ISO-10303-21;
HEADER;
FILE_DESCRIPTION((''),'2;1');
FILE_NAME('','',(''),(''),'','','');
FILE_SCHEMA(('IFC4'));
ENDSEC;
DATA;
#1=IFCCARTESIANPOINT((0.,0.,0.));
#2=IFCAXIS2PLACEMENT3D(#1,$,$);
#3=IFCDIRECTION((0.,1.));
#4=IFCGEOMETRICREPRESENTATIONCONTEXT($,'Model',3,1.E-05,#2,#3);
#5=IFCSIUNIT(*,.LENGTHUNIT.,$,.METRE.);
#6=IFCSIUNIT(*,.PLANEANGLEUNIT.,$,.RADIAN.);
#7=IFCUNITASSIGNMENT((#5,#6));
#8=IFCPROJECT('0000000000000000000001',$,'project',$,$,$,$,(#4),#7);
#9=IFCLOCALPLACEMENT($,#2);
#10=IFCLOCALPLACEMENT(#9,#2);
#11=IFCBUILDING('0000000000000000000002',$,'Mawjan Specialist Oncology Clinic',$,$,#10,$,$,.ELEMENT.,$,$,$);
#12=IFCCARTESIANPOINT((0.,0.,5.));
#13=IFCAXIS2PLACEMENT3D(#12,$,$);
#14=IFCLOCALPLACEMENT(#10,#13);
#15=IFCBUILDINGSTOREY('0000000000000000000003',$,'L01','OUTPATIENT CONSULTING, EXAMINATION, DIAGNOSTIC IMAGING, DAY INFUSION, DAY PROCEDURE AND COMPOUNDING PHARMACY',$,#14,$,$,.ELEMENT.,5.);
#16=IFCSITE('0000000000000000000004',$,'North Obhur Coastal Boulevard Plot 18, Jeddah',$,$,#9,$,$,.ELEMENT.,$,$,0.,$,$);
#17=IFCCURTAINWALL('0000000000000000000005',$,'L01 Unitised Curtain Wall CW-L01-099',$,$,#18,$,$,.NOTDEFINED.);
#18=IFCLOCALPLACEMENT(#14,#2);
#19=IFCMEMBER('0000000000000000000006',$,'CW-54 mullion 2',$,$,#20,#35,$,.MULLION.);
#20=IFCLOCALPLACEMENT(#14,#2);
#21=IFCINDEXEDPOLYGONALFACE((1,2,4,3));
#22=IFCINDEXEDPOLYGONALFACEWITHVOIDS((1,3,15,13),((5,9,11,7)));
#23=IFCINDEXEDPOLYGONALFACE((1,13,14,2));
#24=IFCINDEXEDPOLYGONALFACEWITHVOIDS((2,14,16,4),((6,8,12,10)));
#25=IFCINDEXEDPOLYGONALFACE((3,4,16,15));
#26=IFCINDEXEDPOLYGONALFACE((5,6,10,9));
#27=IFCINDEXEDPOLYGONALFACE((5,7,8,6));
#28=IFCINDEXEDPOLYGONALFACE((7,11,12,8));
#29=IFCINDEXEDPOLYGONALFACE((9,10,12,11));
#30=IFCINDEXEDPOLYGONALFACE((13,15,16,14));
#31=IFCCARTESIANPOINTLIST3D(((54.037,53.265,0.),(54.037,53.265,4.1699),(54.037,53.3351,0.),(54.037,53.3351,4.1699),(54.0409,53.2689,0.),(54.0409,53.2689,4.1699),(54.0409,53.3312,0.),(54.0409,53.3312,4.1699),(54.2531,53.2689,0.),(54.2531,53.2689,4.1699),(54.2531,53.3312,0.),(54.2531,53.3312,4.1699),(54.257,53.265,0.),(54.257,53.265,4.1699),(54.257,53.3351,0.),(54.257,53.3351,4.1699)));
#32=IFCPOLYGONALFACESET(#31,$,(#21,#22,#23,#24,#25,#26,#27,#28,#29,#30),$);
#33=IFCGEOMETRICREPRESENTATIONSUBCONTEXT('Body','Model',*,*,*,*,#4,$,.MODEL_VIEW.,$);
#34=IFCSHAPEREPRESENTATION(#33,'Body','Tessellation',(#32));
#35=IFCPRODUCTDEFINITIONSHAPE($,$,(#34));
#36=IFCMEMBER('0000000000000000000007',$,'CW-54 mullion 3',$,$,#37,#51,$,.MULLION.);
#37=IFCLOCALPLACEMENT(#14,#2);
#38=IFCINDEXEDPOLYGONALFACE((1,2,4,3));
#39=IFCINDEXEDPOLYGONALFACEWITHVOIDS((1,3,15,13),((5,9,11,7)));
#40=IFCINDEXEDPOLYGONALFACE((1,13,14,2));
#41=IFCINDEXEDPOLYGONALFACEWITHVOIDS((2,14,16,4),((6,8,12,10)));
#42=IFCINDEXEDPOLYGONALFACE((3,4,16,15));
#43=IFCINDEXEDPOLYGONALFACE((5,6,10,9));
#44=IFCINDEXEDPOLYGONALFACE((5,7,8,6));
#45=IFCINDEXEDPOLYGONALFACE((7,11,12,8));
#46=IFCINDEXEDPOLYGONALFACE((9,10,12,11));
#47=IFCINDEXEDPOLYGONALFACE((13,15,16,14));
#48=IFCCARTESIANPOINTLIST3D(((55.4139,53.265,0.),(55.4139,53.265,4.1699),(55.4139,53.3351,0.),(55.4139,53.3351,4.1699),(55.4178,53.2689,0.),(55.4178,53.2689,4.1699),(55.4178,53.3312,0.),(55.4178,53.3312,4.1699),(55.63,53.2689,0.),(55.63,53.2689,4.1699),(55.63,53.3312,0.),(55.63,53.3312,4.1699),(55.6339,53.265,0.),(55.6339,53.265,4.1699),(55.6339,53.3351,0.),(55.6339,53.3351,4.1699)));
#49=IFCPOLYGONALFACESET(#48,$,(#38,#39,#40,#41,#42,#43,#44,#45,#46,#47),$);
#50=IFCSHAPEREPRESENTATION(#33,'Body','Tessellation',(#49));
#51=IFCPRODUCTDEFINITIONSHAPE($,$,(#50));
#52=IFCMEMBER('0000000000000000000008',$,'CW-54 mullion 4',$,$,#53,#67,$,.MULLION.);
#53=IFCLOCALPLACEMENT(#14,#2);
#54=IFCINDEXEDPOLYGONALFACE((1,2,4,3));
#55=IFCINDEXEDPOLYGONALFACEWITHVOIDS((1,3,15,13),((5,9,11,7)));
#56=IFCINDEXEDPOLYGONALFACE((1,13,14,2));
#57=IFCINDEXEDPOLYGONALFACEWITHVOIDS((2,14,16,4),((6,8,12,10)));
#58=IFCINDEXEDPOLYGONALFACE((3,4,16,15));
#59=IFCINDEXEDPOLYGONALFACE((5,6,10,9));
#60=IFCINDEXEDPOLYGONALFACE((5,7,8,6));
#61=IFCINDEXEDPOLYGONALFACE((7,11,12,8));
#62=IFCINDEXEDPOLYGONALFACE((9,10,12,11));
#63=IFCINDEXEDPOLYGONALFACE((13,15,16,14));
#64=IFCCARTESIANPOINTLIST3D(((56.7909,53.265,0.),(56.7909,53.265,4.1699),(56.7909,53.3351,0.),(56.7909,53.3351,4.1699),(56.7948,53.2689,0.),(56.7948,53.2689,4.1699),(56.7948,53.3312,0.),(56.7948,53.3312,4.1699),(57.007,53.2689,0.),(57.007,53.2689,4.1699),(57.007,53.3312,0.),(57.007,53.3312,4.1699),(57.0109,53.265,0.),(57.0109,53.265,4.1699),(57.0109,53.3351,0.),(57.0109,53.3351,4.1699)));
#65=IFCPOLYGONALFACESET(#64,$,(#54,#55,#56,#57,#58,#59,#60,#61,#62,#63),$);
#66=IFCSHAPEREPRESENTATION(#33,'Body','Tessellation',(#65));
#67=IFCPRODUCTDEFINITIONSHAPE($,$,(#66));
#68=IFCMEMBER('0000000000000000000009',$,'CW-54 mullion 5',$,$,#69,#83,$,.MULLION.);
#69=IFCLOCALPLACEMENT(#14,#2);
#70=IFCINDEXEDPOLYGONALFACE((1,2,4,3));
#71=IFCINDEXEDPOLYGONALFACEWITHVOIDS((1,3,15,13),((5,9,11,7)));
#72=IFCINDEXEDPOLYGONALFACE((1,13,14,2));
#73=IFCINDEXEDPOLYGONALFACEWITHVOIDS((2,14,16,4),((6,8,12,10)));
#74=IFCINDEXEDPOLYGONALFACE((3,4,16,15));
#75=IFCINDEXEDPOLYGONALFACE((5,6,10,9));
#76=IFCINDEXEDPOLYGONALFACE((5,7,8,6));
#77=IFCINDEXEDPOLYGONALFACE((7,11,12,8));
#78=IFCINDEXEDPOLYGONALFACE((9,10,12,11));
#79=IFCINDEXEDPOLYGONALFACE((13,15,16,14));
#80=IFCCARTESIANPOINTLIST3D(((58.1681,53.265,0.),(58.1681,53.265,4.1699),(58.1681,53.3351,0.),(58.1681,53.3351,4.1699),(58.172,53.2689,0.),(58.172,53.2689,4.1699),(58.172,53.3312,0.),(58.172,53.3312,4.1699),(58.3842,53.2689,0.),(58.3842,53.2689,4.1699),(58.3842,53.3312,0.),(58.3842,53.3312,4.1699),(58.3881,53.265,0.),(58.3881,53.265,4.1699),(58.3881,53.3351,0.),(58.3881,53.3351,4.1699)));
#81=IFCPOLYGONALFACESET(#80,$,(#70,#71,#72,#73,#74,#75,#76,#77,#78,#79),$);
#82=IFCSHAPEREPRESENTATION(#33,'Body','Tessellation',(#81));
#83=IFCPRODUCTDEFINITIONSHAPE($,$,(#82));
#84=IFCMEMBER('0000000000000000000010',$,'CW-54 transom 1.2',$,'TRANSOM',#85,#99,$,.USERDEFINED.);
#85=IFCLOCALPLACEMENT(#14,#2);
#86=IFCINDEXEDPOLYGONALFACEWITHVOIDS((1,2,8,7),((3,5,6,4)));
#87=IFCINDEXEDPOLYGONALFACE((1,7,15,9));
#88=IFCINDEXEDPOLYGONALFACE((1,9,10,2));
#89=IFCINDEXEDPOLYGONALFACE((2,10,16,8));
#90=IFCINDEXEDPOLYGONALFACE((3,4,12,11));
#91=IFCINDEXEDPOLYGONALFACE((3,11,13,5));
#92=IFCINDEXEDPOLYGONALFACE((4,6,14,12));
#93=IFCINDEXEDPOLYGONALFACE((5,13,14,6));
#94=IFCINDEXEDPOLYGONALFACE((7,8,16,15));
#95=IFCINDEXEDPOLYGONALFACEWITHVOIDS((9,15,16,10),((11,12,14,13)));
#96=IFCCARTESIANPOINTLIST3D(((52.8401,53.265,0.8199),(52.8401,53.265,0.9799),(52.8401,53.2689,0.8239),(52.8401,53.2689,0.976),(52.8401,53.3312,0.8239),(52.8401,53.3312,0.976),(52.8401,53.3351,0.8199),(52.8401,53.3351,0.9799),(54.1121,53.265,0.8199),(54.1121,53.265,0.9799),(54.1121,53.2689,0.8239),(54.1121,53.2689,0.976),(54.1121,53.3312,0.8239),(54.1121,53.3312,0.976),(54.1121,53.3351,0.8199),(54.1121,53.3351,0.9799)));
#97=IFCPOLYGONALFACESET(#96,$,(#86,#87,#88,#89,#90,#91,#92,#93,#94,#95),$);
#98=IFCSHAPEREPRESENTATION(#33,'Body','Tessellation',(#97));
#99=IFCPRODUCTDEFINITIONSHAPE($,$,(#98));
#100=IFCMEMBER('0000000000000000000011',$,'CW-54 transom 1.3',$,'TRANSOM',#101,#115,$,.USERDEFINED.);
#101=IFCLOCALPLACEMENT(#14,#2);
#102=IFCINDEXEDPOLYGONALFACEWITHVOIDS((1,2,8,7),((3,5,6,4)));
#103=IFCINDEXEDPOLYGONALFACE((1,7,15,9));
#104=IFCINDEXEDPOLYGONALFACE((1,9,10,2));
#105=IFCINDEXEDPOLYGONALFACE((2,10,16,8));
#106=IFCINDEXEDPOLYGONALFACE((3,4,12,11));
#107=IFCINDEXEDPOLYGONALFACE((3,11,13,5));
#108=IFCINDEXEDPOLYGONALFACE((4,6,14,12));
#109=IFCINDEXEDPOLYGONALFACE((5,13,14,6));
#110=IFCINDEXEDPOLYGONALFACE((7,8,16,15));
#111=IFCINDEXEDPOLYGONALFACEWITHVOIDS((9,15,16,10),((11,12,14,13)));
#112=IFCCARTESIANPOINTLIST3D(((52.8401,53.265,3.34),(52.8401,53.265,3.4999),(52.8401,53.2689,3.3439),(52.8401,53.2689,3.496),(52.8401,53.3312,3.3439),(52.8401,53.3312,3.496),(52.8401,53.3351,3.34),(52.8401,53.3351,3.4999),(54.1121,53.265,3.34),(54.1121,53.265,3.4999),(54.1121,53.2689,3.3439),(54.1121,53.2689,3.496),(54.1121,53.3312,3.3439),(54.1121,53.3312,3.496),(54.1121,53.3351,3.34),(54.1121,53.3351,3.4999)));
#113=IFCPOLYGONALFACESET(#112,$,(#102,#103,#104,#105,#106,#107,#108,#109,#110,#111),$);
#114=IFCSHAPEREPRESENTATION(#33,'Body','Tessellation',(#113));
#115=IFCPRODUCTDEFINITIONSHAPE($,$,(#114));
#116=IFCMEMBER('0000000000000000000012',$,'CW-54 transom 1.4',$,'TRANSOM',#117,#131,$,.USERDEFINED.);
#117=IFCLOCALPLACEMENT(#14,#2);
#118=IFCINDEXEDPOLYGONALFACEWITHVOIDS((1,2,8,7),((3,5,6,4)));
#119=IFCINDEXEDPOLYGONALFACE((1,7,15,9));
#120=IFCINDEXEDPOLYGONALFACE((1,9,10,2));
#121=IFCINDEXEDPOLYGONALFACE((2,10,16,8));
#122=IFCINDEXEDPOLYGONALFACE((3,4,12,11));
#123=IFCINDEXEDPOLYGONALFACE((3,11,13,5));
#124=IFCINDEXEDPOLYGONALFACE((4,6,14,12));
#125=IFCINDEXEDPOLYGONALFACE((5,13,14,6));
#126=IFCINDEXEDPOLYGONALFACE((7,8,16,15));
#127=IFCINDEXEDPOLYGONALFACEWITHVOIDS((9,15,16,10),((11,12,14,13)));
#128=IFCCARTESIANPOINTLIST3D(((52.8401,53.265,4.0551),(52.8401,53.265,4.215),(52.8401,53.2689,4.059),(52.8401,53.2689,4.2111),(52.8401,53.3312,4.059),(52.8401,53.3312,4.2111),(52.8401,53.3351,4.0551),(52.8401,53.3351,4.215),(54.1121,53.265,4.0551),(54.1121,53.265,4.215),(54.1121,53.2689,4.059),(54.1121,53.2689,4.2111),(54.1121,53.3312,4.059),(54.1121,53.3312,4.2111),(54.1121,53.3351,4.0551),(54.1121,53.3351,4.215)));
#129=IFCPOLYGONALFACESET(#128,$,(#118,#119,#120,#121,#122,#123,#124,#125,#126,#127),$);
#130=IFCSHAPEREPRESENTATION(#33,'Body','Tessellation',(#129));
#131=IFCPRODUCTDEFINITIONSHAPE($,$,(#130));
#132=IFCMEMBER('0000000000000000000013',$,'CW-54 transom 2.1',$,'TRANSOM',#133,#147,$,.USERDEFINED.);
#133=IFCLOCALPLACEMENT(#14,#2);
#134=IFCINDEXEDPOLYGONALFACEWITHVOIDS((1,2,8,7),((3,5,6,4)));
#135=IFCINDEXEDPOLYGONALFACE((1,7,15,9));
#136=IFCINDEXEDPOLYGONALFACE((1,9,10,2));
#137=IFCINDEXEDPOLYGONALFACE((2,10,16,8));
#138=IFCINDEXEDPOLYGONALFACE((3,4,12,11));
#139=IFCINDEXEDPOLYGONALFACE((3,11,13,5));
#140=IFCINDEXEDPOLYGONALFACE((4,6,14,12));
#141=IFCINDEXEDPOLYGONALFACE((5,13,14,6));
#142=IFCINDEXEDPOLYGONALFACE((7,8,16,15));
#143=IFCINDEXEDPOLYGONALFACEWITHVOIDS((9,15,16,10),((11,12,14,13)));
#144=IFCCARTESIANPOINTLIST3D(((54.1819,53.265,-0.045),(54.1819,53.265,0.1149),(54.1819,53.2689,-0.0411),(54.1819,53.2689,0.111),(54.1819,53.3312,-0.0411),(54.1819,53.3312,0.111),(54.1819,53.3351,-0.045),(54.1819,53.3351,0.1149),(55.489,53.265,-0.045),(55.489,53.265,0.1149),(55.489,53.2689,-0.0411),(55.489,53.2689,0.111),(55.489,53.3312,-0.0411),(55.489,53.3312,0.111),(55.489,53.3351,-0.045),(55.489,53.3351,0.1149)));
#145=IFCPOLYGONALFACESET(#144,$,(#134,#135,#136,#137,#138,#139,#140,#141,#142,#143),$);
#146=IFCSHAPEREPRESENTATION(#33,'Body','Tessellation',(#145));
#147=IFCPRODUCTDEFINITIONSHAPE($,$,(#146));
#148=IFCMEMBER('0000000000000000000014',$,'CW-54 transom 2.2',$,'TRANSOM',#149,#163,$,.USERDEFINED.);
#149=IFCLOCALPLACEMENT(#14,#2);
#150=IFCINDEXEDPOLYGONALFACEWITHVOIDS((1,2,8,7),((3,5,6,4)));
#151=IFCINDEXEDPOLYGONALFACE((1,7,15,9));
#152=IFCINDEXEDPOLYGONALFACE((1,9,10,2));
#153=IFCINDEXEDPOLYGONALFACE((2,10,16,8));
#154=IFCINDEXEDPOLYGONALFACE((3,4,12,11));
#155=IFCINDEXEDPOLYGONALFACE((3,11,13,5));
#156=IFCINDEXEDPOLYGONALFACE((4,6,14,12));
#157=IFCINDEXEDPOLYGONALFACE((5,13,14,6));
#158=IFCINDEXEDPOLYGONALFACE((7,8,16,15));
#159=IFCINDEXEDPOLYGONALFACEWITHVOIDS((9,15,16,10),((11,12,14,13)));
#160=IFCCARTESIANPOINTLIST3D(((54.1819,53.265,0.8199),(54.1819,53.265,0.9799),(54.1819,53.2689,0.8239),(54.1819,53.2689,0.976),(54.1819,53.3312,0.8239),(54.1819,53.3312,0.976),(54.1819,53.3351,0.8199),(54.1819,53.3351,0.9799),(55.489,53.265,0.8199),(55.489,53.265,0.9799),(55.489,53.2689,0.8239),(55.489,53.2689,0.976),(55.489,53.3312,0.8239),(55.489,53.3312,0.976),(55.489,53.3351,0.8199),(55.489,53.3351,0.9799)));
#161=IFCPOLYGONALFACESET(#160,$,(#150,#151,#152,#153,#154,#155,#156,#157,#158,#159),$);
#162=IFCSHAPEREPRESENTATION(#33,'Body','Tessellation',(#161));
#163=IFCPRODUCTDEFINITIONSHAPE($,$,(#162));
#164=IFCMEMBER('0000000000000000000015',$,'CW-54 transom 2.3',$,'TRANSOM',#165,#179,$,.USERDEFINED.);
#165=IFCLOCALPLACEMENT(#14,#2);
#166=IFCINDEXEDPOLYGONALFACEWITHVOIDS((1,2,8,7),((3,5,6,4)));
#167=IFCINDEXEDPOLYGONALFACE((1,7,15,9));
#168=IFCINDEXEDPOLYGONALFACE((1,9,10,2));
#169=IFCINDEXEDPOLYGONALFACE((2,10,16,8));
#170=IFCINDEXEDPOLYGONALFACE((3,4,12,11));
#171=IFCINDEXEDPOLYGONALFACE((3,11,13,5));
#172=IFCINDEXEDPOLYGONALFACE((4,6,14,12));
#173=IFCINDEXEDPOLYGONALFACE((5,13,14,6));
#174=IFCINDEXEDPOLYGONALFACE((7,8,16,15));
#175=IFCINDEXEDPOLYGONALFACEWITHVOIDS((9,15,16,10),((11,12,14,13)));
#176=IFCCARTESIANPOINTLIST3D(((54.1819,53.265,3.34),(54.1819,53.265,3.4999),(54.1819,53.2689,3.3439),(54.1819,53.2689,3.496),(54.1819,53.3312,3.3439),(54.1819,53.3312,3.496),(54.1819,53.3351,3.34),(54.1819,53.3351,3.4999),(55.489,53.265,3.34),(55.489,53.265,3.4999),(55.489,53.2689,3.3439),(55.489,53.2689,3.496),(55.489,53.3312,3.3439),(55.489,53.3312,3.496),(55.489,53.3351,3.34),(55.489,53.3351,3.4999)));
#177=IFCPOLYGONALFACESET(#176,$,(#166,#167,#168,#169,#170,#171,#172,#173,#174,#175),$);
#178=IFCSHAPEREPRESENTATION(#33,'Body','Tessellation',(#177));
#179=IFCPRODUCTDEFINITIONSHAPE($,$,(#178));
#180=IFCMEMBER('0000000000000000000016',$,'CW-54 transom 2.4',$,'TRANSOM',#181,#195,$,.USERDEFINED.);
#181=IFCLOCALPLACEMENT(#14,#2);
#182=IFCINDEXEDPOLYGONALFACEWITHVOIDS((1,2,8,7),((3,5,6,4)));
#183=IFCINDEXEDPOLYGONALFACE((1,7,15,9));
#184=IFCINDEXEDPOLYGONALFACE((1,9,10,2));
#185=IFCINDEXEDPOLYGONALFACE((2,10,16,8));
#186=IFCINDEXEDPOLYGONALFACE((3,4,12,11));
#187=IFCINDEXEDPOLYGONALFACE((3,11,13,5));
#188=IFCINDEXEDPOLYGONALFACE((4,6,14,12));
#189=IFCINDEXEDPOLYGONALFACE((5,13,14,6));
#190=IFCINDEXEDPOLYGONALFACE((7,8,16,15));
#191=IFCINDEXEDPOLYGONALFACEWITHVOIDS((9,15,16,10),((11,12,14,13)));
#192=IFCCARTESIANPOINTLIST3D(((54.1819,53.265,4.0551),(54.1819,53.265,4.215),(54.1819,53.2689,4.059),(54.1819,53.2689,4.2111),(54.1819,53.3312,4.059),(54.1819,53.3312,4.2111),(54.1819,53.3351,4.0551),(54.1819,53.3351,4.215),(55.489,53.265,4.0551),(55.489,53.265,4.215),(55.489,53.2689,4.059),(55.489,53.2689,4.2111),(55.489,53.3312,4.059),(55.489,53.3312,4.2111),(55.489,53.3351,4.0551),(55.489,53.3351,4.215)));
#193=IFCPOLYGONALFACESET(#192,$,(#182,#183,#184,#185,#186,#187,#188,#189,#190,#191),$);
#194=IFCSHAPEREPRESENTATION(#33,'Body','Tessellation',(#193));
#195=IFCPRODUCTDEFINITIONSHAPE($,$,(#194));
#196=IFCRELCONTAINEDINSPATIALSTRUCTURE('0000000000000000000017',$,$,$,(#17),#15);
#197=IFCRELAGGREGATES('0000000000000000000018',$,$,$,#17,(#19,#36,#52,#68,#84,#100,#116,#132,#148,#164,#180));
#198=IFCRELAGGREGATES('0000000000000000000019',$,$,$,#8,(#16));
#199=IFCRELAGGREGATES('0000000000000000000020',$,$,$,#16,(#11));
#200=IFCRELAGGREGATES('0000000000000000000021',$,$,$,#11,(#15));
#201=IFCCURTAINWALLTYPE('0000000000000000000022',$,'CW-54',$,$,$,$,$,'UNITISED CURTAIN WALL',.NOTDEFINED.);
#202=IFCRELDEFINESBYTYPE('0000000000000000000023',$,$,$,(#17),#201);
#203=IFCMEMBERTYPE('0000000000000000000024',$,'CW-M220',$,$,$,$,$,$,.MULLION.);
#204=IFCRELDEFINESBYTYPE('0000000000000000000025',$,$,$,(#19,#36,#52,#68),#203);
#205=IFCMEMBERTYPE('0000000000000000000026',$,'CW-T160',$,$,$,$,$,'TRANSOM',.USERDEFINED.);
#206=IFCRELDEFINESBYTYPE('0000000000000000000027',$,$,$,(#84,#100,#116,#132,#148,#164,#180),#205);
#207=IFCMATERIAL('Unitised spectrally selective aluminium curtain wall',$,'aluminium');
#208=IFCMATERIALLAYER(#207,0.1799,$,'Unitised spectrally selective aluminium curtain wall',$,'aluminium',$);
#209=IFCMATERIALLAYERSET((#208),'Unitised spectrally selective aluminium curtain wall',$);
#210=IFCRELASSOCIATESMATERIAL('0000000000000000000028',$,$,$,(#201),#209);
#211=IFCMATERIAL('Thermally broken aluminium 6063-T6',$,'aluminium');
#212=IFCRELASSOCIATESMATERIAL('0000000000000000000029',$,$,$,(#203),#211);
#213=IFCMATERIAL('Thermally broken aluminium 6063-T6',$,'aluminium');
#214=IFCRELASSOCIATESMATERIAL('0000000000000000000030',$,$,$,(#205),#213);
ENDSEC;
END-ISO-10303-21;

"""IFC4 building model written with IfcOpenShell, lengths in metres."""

from ifc_helpers import new_model, si_unit, direction, frame, origin, origin_2d, place, context, subcontext, project, spatial, hollow_rectangle, extrude, material, layer, layer_set, material_profile, profile_set, type_object, element, aggregate, save


model = new_model("IFC4")

# Units and contexts
model_context = context("Model", 3, precision=1e-05, world=origin(), true_north=direction((0.0, 1.0)))
body_context = subcontext(model_context, "Body", "Model", "MODEL_VIEW")
ifc_project = project(units=[si_unit("LENGTHUNIT", "METRE"), si_unit("PLANEANGLEUNIT", "RADIAN")], contexts=[model_context])

# Site, building, storey
site_placement = place(None, origin())
site = spatial("IfcSite", under=ifc_project, at=site_placement, Name="North Obhur Coastal Boulevard Plot 18, Jeddah", CompositionType="ELEMENT", RefElevation=0.0)
building_placement = place(site_placement, origin())
building = spatial("IfcBuilding", under=site, at=building_placement, Name="Mawjan Specialist Oncology Clinic", CompositionType="ELEMENT")
storey_placement = place(building_placement, frame((0.0, 0.0, 5.0)))
storey = spatial("IfcBuildingStorey", under=building, at=storey_placement, Name="L01", Description="OUTPATIENT CONSULTING, EXAMINATION, DIAGNOSTIC IMAGING, DAY INFUSION, DAY PROCEDURE AND COMPOUNDING PHARMACY", CompositionType="ELEMENT", Elevation=5.0)

# Curtain wall, members
ifc_material_1 = material(Name="Unitised spectrally selective aluminium curtain wall", Category="aluminium")
ifc_layer_1 = layer(ifc_material_1, 0.1799, Name="Unitised spectrally selective aluminium curtain wall", Category="aluminium")
ifc_layer_set_1 = layer_set([ifc_layer_1], Name="Unitised spectrally selective aluminium curtain wall")
curtain_wall_type = type_object("IfcCurtainWallType", Name="CW-54", ElementType="UNITISED CURTAIN WALL", PredefinedType="NOTDEFINED", material=ifc_layer_set_1)
curtain_wall_placement = place(storey_placement, origin())
curtain_wall = element("IfcCurtainWall", 1, at=curtain_wall_placement, inside=storey, type_object=curtain_wall_type, Name="L01 Unitised Curtain Wall CW-L01-099", PredefinedType="NOTDEFINED")
ifc_material_2 = material(Name="Thermally broken aluminium 6063-T6", Category="aluminium")
ifc_material_profile_1 = material_profile(ifc_material_2, hollow_rectangle(XDim=0.0701, YDim=0.22, WallThickness=0.0039, at=origin_2d()), Name="ALU MULLION 220x70x4", Category="aluminium")
ifc_profile_set_1 = profile_set([ifc_material_profile_1], Name="Thermally broken aluminium 6063-T6")
member_type_1 = type_object("IfcMemberType", Name="CW-M220", PredefinedType="MULLION", material=ifc_profile_set_1)
member_1_placement = place(storey_placement, frame((54.147, 53.3, 0.0), z_axis=(0.0, 0.0, 1.0), x_axis=(0.0, 1.0, 0.0)))
member_1 = element("IfcMember", 2, at=member_1_placement, type_object=member_type_1, Name="CW-54 mullion 2", PredefinedType="MULLION", context=body_context, shape_type="SweptSolid", body=[
    extrude(hollow_rectangle(XDim=0.0701, YDim=0.22, WallThickness=0.0039, at=origin_2d()), origin(), (0.0, 0.0, 1.0), 4.1699),
])
member_2_placement = place(storey_placement, frame((55.5239, 53.3, 0.0), z_axis=(0.0, 0.0, 1.0), x_axis=(0.0, 1.0, 0.0)))
member_2 = element("IfcMember", 3, at=member_2_placement, type_object=member_type_1, Name="CW-54 mullion 3", PredefinedType="MULLION", context=body_context, shape_type="SweptSolid", body=[
    extrude(hollow_rectangle(XDim=0.0701, YDim=0.22, WallThickness=0.0039, at=origin_2d()), origin(), (0.0, 0.0, 1.0), 4.1699),
])
member_3_placement = place(storey_placement, frame((56.9009, 53.3, 0.0), z_axis=(0.0, 0.0, 1.0), x_axis=(0.0, 1.0, 0.0)))
member_3 = element("IfcMember", 4, at=member_3_placement, type_object=member_type_1, Name="CW-54 mullion 4", PredefinedType="MULLION", context=body_context, shape_type="SweptSolid", body=[
    extrude(hollow_rectangle(XDim=0.0701, YDim=0.22, WallThickness=0.0039, at=origin_2d()), origin(), (0.0, 0.0, 1.0), 4.1699),
])
member_4_placement = place(storey_placement, frame((58.2781, 53.3, 0.0), z_axis=(0.0, 0.0, 1.0), x_axis=(0.0, 1.0, 0.0)))
member_4 = element("IfcMember", 5, at=member_4_placement, type_object=member_type_1, Name="CW-54 mullion 5", PredefinedType="MULLION", context=body_context, shape_type="SweptSolid", body=[
    extrude(hollow_rectangle(XDim=0.0701, YDim=0.22, WallThickness=0.0039, at=origin_2d()), origin(), (0.0, 0.0, 1.0), 4.1699),
])
ifc_material_3 = material(Name="Thermally broken aluminium 6063-T6", Category="aluminium")
ifc_material_profile_2 = material_profile(ifc_material_3, hollow_rectangle(XDim=0.0701, YDim=0.1599, WallThickness=0.0039, at=origin_2d()), Name="ALU TRANSOM 160x70x4", Category="aluminium")
ifc_profile_set_2 = profile_set([ifc_material_profile_2], Name="Thermally broken aluminium 6063-T6")
member_type_2 = type_object("IfcMemberType", Name="CW-T160", ElementType="TRANSOM", PredefinedType="USERDEFINED", material=ifc_profile_set_2)
member_5_placement = place(storey_placement, frame((52.8401, 53.3, 0.8999), z_axis=(1.0, 0.0, 0.0), x_axis=(0.0, 1.0, 0.0)))
member_5 = element("IfcMember", 6, at=member_5_placement, type_object=member_type_2, Name="CW-54 transom 1.2", ObjectType="TRANSOM", PredefinedType="USERDEFINED", context=body_context, shape_type="SweptSolid", body=[
    extrude(hollow_rectangle(XDim=0.0701, YDim=0.1599, WallThickness=0.0039, at=origin_2d()), origin(), (0.0, 0.0, 1.0), 1.272),
])
member_6_placement = place(storey_placement, frame((52.8401, 53.3, 3.4199), z_axis=(1.0, 0.0, 0.0), x_axis=(0.0, 1.0, 0.0)))
member_6 = element("IfcMember", 7, at=member_6_placement, type_object=member_type_2, Name="CW-54 transom 1.3", ObjectType="TRANSOM", PredefinedType="USERDEFINED", context=body_context, shape_type="SweptSolid", body=[
    extrude(hollow_rectangle(XDim=0.0701, YDim=0.1599, WallThickness=0.0039, at=origin_2d()), origin(), (0.0, 0.0, 1.0), 1.272),
])
member_7_placement = place(storey_placement, frame((52.8401, 53.3, 4.135), z_axis=(1.0, 0.0, 0.0), x_axis=(0.0, 1.0, 0.0)))
member_7 = element("IfcMember", 8, at=member_7_placement, type_object=member_type_2, Name="CW-54 transom 1.4", ObjectType="TRANSOM", PredefinedType="USERDEFINED", context=body_context, shape_type="SweptSolid", body=[
    extrude(hollow_rectangle(XDim=0.0701, YDim=0.1599, WallThickness=0.0039, at=origin_2d()), origin(), (0.0, 0.0, 1.0), 1.272),
])
member_8_placement = place(storey_placement, frame((54.1819, 53.3, 0.0349), z_axis=(1.0, 0.0, 0.0), x_axis=(0.0, 1.0, 0.0)))
member_8 = element("IfcMember", 9, at=member_8_placement, type_object=member_type_2, Name="CW-54 transom 2.1", ObjectType="TRANSOM", PredefinedType="USERDEFINED", context=body_context, shape_type="SweptSolid", body=[
    extrude(hollow_rectangle(XDim=0.0701, YDim=0.1599, WallThickness=0.0039, at=origin_2d()), origin(), (0.0, 0.0, 1.0), 1.3071),
])
member_9_placement = place(storey_placement, frame((54.1819, 53.3, 0.8999), z_axis=(1.0, 0.0, 0.0), x_axis=(0.0, 1.0, 0.0)))
member_9 = element("IfcMember", 10, at=member_9_placement, type_object=member_type_2, Name="CW-54 transom 2.2", ObjectType="TRANSOM", PredefinedType="USERDEFINED", context=body_context, shape_type="SweptSolid", body=[
    extrude(hollow_rectangle(XDim=0.0701, YDim=0.1599, WallThickness=0.0039, at=origin_2d()), origin(), (0.0, 0.0, 1.0), 1.3071),
])
member_10_placement = place(storey_placement, frame((54.1819, 53.3, 3.4199), z_axis=(1.0, 0.0, 0.0), x_axis=(0.0, 1.0, 0.0)))
member_10 = element("IfcMember", 11, at=member_10_placement, type_object=member_type_2, Name="CW-54 transom 2.3", ObjectType="TRANSOM", PredefinedType="USERDEFINED", context=body_context, shape_type="SweptSolid", body=[
    extrude(hollow_rectangle(XDim=0.0701, YDim=0.1599, WallThickness=0.0039, at=origin_2d()), origin(), (0.0, 0.0, 1.0), 1.3071),
])
member_11_placement = place(storey_placement, frame((54.1819, 53.3, 4.135), z_axis=(1.0, 0.0, 0.0), x_axis=(0.0, 1.0, 0.0)))
member_11 = element("IfcMember", 12, at=member_11_placement, type_object=member_type_2, Name="CW-54 transom 2.4", ObjectType="TRANSOM", PredefinedType="USERDEFINED", context=body_context, shape_type="SweptSolid", body=[
    extrude(hollow_rectangle(XDim=0.0701, YDim=0.1599, WallThickness=0.0039, at=origin_2d()), origin(), (0.0, 0.0, 1.0), 1.3071),
])
aggregate(curtain_wall, [member_1, member_2, member_3, member_4, member_5, member_6, member_7, member_8, member_9, member_10, member_11])

save(model, "model.ifc")
